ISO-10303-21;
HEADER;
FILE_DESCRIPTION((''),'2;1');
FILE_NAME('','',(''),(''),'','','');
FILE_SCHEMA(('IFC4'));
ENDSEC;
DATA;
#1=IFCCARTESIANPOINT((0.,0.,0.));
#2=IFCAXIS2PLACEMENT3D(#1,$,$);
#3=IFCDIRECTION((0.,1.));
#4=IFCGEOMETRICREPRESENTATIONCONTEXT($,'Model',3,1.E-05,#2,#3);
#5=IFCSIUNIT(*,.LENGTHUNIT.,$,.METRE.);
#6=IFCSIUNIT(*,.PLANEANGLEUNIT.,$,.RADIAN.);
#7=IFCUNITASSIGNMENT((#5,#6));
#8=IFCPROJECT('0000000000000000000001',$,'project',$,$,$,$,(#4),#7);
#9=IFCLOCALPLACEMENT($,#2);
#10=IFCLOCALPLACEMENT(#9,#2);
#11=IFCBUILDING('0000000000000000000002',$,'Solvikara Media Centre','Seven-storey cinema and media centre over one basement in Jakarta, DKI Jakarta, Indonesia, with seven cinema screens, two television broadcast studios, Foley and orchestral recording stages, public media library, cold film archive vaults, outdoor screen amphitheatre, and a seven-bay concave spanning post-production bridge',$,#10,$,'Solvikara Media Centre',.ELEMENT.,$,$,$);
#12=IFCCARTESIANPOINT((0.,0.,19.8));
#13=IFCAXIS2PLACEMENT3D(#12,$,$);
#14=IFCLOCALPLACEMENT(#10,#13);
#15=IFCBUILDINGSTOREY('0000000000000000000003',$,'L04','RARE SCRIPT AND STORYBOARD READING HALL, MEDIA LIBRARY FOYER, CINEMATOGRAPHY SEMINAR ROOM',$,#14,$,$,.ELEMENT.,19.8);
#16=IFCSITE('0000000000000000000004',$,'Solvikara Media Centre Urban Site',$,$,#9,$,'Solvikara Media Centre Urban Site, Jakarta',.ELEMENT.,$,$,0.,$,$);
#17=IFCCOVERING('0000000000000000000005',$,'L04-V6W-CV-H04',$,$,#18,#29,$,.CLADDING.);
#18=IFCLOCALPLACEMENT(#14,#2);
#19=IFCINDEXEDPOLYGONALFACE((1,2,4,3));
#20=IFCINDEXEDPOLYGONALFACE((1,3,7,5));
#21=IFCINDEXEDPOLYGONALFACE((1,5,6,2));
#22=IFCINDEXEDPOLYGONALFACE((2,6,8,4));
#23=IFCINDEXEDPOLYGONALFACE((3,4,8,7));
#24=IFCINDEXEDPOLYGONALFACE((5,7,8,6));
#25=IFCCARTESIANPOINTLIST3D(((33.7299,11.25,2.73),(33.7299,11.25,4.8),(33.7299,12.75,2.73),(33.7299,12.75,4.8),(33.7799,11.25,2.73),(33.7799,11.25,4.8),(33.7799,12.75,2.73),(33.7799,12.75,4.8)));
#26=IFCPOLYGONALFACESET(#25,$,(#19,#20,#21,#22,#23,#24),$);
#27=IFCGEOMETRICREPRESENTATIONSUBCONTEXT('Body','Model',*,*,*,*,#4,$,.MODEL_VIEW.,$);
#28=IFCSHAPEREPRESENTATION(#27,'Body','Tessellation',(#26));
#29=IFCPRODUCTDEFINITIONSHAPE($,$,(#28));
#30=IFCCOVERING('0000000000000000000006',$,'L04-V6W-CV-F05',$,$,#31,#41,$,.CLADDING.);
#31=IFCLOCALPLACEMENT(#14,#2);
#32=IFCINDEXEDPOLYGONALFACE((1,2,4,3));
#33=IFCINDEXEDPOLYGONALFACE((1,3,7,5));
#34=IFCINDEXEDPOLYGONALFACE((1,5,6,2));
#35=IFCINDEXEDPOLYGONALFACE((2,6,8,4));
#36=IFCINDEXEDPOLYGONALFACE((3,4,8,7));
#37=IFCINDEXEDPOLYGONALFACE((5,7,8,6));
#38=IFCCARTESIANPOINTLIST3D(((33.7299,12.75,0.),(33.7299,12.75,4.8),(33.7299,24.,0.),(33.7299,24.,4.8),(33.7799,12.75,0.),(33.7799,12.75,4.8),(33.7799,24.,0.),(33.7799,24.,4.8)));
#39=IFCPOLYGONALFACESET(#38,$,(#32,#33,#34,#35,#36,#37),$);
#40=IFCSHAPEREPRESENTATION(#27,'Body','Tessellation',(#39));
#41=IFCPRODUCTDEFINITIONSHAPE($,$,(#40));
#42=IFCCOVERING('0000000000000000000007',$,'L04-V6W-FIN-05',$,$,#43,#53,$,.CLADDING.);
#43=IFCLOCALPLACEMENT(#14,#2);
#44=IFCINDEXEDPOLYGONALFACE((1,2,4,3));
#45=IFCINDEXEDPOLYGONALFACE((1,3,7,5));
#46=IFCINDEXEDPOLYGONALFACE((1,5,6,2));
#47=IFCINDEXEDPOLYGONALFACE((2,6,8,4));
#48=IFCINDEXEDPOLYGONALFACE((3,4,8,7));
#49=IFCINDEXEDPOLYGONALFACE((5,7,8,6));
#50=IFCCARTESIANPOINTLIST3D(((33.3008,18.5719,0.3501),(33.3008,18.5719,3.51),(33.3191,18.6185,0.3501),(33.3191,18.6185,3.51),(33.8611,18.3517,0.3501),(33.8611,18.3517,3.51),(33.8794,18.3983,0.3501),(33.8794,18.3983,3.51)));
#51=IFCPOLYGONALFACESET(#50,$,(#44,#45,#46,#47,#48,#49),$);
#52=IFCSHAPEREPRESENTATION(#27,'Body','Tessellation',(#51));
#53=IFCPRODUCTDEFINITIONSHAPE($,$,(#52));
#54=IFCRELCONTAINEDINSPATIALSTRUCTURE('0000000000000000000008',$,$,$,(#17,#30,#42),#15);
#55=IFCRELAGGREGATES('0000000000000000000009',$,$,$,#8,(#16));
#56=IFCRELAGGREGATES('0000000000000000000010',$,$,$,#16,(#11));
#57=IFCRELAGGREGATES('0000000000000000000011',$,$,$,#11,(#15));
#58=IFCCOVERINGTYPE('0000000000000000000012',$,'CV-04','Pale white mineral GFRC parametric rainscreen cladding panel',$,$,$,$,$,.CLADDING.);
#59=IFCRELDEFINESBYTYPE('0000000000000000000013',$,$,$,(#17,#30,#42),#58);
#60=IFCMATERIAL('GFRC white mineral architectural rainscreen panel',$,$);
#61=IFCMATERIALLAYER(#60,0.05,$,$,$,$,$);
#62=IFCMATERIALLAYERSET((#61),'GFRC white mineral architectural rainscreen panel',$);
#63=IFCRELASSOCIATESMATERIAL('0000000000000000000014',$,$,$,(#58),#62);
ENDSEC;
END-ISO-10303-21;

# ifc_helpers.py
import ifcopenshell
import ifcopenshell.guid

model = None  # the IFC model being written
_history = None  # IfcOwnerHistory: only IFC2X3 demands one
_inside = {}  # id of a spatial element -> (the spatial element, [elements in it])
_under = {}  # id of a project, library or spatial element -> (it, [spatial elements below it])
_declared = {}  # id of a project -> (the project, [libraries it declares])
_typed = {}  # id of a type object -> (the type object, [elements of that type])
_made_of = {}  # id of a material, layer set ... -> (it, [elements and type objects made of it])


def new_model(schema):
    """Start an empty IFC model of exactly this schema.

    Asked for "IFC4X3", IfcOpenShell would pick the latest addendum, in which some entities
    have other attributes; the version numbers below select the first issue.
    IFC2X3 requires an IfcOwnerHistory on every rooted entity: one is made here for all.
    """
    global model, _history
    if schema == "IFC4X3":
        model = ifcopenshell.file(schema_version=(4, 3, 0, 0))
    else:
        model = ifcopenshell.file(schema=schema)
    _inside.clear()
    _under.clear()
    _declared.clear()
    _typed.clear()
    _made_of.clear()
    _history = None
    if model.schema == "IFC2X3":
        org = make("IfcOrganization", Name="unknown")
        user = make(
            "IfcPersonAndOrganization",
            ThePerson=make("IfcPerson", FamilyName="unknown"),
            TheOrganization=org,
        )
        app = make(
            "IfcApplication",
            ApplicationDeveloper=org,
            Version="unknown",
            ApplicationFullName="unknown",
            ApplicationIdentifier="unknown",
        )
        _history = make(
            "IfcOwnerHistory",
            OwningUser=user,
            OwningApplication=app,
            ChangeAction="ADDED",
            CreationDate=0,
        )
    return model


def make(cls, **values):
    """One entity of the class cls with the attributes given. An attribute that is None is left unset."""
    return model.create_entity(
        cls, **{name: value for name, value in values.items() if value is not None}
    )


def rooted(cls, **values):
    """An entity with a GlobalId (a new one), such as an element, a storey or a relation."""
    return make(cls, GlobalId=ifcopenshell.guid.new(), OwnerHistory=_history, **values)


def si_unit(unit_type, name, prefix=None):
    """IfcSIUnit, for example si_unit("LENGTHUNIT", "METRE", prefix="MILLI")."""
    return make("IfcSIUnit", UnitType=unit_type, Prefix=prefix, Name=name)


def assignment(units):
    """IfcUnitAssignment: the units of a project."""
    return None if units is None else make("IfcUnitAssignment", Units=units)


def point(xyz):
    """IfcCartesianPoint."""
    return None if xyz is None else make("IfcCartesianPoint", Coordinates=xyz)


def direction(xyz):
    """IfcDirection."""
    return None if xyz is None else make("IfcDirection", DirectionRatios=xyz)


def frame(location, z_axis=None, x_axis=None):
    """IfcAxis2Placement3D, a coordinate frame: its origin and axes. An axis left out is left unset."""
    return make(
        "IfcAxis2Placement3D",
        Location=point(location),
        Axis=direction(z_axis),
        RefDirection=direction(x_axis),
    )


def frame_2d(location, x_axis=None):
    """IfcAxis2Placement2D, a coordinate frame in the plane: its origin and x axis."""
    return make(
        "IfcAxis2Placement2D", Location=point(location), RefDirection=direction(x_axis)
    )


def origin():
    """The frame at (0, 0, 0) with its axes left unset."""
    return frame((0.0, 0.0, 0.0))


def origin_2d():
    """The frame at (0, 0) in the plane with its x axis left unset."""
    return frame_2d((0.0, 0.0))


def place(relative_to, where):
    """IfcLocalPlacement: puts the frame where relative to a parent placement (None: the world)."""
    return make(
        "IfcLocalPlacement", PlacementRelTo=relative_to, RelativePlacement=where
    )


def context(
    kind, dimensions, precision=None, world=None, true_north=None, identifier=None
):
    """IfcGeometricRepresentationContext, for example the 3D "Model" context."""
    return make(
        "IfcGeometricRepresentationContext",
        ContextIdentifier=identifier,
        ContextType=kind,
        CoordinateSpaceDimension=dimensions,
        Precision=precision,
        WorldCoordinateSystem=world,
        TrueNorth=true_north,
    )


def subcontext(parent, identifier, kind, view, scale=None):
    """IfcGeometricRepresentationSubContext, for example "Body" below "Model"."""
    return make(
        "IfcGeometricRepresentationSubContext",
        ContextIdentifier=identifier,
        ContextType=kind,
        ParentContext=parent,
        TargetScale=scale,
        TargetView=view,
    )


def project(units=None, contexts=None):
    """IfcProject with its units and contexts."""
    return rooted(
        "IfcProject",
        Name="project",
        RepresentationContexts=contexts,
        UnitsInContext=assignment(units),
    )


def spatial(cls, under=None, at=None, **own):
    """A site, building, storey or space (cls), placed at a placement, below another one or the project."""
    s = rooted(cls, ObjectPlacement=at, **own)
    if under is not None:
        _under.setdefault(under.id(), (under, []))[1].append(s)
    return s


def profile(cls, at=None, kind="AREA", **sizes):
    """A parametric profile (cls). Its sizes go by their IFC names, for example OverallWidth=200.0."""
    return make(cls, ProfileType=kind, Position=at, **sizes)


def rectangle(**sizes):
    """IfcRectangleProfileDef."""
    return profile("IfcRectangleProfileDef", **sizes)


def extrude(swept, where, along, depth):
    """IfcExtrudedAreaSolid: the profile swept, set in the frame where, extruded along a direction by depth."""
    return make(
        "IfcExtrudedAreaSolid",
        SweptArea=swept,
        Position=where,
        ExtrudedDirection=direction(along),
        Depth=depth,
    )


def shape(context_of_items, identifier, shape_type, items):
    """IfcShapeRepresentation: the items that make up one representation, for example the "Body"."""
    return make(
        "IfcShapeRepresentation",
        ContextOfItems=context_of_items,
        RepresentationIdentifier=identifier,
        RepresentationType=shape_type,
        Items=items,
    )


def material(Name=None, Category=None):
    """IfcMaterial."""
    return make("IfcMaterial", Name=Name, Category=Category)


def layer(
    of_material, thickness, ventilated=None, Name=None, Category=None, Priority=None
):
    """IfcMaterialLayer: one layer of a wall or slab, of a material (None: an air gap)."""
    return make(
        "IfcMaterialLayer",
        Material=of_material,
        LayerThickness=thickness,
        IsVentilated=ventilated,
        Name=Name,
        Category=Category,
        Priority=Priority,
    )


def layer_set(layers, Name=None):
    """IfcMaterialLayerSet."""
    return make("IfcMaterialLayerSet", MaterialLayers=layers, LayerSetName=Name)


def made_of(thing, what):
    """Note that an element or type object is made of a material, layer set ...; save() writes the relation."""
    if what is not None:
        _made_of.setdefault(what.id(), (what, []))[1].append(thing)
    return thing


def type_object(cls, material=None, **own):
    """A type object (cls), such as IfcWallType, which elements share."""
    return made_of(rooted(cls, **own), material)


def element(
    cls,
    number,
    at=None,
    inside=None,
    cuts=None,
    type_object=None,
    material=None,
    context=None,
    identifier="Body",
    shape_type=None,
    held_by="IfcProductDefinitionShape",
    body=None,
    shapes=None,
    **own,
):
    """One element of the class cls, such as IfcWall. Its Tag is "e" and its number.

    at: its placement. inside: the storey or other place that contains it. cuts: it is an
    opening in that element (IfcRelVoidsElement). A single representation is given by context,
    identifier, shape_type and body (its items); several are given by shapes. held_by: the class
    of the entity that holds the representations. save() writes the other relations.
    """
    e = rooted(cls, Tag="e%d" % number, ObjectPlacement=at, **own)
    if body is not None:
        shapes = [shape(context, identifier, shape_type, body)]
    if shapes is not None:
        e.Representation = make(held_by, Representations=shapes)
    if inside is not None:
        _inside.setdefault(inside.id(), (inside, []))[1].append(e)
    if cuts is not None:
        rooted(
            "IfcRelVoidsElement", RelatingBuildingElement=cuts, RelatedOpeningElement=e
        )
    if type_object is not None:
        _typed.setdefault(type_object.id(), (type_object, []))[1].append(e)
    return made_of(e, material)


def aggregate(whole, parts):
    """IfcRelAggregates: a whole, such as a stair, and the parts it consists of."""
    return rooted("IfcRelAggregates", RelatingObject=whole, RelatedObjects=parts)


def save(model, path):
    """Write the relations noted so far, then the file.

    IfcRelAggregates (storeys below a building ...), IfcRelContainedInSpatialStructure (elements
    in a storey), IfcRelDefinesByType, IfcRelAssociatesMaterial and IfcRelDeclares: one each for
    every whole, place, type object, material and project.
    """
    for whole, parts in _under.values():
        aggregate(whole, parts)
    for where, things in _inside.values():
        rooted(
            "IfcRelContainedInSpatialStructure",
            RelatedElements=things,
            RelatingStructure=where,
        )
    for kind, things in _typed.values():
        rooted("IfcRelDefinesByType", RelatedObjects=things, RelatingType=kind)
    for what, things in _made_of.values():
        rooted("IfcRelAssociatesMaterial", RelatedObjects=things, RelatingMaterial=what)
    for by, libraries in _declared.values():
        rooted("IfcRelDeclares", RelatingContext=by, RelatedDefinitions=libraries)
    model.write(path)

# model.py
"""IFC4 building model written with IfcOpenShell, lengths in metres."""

from ifc_helpers import new_model, si_unit, direction, frame, origin, origin_2d, place, context, subcontext, project, spatial, rectangle, extrude, material, layer, layer_set, type_object, element, save


model = new_model("IFC4")

# Units and contexts
model_context = context("Model", 3, precision=1e-05, world=origin(), true_north=direction((0.0, 1.0)))
body_context = subcontext(model_context, "Body", "Model", "MODEL_VIEW")
ifc_project = project(units=[si_unit("LENGTHUNIT", "METRE"), si_unit("PLANEANGLEUNIT", "RADIAN")], contexts=[model_context])

# Site, building, storey
site_placement = place(None, origin())
site = spatial("IfcSite", under=ifc_project, at=site_placement, Name="Solvikara Media Centre Urban Site", LongName="Solvikara Media Centre Urban Site, Jakarta", CompositionType="ELEMENT", RefElevation=0.0)
building_placement = place(site_placement, origin())
building = spatial("IfcBuilding", under=site, at=building_placement, Name="Solvikara Media Centre", Description="Seven-storey cinema and media centre over one basement in Jakarta, DKI Jakarta, Indonesia, with seven cinema screens, two television broadcast studios, Foley and orchestral recording stages, public media library, cold film archive vaults, outdoor screen amphitheatre, and a seven-bay concave spanning post-production bridge", LongName="Solvikara Media Centre", CompositionType="ELEMENT")
storey_placement = place(building_placement, frame((0.0, 0.0, 19.8)))
storey = spatial("IfcBuildingStorey", under=building, at=storey_placement, Name="L04", Description="RARE SCRIPT AND STORYBOARD READING HALL, MEDIA LIBRARY FOYER, CINEMATOGRAPHY SEMINAR ROOM", CompositionType="ELEMENT", Elevation=19.8)

# Coverings
ifc_material_1 = material(Name="GFRC white mineral architectural rainscreen panel")
ifc_layer_1 = layer(ifc_material_1, 0.05)
ifc_layer_set_1 = layer_set([ifc_layer_1], Name="GFRC white mineral architectural rainscreen panel")
covering_type_1 = type_object("IfcCoveringType", Name="CV-04", Description="Pale white mineral GFRC parametric rainscreen cladding panel", PredefinedType="CLADDING", material=ifc_layer_set_1)
covering_1_placement = place(storey_placement, frame((33.7549, 12.0, 2.73), z_axis=(0.0, 0.0, 1.0), x_axis=(0.0, 1.0, 0.0)))
element("IfcCovering", 1, at=covering_1_placement, inside=storey, type_object=covering_type_1, Name="L04-V6W-CV-H04", PredefinedType="CLADDING", context=body_context, shape_type="SweptSolid", body=[
    extrude(rectangle(XDim=1.5, YDim=0.05, at=origin_2d()), origin(), (0.0, 0.0, 1.0), 2.0701),
])
covering_2_placement = place(storey_placement, frame((33.7549, 18.375, 0.0), z_axis=(0.0, 0.0, 1.0), x_axis=(0.0, 1.0, 0.0)))
element("IfcCovering", 2, at=covering_2_placement, inside=storey, type_object=covering_type_1, Name="L04-V6W-CV-F05", PredefinedType="CLADDING", context=body_context, shape_type="SweptSolid", body=[
    extrude(rectangle(XDim=11.25, YDim=0.05, at=origin_2d()), origin(), (0.0, 0.0, 1.0), 4.8),
])
covering_3_placement = place(storey_placement, frame((33.5901, 18.4851, 0.3501), z_axis=(0.0, 0.0, 1.0), x_axis=(-0.93075, 0.365657, 0.0)))
element("IfcCovering", 3, at=covering_3_placement, inside=storey, type_object=covering_type_1, Name="L04-V6W-FIN-05", PredefinedType="CLADDING", context=body_context, shape_type="SweptSolid", body=[
    extrude(rectangle(XDim=0.6021, YDim=0.05, at=origin_2d()), origin(), (0.0, 0.0, 1.0), 3.1599),
])

save(model, "model.ifc")
